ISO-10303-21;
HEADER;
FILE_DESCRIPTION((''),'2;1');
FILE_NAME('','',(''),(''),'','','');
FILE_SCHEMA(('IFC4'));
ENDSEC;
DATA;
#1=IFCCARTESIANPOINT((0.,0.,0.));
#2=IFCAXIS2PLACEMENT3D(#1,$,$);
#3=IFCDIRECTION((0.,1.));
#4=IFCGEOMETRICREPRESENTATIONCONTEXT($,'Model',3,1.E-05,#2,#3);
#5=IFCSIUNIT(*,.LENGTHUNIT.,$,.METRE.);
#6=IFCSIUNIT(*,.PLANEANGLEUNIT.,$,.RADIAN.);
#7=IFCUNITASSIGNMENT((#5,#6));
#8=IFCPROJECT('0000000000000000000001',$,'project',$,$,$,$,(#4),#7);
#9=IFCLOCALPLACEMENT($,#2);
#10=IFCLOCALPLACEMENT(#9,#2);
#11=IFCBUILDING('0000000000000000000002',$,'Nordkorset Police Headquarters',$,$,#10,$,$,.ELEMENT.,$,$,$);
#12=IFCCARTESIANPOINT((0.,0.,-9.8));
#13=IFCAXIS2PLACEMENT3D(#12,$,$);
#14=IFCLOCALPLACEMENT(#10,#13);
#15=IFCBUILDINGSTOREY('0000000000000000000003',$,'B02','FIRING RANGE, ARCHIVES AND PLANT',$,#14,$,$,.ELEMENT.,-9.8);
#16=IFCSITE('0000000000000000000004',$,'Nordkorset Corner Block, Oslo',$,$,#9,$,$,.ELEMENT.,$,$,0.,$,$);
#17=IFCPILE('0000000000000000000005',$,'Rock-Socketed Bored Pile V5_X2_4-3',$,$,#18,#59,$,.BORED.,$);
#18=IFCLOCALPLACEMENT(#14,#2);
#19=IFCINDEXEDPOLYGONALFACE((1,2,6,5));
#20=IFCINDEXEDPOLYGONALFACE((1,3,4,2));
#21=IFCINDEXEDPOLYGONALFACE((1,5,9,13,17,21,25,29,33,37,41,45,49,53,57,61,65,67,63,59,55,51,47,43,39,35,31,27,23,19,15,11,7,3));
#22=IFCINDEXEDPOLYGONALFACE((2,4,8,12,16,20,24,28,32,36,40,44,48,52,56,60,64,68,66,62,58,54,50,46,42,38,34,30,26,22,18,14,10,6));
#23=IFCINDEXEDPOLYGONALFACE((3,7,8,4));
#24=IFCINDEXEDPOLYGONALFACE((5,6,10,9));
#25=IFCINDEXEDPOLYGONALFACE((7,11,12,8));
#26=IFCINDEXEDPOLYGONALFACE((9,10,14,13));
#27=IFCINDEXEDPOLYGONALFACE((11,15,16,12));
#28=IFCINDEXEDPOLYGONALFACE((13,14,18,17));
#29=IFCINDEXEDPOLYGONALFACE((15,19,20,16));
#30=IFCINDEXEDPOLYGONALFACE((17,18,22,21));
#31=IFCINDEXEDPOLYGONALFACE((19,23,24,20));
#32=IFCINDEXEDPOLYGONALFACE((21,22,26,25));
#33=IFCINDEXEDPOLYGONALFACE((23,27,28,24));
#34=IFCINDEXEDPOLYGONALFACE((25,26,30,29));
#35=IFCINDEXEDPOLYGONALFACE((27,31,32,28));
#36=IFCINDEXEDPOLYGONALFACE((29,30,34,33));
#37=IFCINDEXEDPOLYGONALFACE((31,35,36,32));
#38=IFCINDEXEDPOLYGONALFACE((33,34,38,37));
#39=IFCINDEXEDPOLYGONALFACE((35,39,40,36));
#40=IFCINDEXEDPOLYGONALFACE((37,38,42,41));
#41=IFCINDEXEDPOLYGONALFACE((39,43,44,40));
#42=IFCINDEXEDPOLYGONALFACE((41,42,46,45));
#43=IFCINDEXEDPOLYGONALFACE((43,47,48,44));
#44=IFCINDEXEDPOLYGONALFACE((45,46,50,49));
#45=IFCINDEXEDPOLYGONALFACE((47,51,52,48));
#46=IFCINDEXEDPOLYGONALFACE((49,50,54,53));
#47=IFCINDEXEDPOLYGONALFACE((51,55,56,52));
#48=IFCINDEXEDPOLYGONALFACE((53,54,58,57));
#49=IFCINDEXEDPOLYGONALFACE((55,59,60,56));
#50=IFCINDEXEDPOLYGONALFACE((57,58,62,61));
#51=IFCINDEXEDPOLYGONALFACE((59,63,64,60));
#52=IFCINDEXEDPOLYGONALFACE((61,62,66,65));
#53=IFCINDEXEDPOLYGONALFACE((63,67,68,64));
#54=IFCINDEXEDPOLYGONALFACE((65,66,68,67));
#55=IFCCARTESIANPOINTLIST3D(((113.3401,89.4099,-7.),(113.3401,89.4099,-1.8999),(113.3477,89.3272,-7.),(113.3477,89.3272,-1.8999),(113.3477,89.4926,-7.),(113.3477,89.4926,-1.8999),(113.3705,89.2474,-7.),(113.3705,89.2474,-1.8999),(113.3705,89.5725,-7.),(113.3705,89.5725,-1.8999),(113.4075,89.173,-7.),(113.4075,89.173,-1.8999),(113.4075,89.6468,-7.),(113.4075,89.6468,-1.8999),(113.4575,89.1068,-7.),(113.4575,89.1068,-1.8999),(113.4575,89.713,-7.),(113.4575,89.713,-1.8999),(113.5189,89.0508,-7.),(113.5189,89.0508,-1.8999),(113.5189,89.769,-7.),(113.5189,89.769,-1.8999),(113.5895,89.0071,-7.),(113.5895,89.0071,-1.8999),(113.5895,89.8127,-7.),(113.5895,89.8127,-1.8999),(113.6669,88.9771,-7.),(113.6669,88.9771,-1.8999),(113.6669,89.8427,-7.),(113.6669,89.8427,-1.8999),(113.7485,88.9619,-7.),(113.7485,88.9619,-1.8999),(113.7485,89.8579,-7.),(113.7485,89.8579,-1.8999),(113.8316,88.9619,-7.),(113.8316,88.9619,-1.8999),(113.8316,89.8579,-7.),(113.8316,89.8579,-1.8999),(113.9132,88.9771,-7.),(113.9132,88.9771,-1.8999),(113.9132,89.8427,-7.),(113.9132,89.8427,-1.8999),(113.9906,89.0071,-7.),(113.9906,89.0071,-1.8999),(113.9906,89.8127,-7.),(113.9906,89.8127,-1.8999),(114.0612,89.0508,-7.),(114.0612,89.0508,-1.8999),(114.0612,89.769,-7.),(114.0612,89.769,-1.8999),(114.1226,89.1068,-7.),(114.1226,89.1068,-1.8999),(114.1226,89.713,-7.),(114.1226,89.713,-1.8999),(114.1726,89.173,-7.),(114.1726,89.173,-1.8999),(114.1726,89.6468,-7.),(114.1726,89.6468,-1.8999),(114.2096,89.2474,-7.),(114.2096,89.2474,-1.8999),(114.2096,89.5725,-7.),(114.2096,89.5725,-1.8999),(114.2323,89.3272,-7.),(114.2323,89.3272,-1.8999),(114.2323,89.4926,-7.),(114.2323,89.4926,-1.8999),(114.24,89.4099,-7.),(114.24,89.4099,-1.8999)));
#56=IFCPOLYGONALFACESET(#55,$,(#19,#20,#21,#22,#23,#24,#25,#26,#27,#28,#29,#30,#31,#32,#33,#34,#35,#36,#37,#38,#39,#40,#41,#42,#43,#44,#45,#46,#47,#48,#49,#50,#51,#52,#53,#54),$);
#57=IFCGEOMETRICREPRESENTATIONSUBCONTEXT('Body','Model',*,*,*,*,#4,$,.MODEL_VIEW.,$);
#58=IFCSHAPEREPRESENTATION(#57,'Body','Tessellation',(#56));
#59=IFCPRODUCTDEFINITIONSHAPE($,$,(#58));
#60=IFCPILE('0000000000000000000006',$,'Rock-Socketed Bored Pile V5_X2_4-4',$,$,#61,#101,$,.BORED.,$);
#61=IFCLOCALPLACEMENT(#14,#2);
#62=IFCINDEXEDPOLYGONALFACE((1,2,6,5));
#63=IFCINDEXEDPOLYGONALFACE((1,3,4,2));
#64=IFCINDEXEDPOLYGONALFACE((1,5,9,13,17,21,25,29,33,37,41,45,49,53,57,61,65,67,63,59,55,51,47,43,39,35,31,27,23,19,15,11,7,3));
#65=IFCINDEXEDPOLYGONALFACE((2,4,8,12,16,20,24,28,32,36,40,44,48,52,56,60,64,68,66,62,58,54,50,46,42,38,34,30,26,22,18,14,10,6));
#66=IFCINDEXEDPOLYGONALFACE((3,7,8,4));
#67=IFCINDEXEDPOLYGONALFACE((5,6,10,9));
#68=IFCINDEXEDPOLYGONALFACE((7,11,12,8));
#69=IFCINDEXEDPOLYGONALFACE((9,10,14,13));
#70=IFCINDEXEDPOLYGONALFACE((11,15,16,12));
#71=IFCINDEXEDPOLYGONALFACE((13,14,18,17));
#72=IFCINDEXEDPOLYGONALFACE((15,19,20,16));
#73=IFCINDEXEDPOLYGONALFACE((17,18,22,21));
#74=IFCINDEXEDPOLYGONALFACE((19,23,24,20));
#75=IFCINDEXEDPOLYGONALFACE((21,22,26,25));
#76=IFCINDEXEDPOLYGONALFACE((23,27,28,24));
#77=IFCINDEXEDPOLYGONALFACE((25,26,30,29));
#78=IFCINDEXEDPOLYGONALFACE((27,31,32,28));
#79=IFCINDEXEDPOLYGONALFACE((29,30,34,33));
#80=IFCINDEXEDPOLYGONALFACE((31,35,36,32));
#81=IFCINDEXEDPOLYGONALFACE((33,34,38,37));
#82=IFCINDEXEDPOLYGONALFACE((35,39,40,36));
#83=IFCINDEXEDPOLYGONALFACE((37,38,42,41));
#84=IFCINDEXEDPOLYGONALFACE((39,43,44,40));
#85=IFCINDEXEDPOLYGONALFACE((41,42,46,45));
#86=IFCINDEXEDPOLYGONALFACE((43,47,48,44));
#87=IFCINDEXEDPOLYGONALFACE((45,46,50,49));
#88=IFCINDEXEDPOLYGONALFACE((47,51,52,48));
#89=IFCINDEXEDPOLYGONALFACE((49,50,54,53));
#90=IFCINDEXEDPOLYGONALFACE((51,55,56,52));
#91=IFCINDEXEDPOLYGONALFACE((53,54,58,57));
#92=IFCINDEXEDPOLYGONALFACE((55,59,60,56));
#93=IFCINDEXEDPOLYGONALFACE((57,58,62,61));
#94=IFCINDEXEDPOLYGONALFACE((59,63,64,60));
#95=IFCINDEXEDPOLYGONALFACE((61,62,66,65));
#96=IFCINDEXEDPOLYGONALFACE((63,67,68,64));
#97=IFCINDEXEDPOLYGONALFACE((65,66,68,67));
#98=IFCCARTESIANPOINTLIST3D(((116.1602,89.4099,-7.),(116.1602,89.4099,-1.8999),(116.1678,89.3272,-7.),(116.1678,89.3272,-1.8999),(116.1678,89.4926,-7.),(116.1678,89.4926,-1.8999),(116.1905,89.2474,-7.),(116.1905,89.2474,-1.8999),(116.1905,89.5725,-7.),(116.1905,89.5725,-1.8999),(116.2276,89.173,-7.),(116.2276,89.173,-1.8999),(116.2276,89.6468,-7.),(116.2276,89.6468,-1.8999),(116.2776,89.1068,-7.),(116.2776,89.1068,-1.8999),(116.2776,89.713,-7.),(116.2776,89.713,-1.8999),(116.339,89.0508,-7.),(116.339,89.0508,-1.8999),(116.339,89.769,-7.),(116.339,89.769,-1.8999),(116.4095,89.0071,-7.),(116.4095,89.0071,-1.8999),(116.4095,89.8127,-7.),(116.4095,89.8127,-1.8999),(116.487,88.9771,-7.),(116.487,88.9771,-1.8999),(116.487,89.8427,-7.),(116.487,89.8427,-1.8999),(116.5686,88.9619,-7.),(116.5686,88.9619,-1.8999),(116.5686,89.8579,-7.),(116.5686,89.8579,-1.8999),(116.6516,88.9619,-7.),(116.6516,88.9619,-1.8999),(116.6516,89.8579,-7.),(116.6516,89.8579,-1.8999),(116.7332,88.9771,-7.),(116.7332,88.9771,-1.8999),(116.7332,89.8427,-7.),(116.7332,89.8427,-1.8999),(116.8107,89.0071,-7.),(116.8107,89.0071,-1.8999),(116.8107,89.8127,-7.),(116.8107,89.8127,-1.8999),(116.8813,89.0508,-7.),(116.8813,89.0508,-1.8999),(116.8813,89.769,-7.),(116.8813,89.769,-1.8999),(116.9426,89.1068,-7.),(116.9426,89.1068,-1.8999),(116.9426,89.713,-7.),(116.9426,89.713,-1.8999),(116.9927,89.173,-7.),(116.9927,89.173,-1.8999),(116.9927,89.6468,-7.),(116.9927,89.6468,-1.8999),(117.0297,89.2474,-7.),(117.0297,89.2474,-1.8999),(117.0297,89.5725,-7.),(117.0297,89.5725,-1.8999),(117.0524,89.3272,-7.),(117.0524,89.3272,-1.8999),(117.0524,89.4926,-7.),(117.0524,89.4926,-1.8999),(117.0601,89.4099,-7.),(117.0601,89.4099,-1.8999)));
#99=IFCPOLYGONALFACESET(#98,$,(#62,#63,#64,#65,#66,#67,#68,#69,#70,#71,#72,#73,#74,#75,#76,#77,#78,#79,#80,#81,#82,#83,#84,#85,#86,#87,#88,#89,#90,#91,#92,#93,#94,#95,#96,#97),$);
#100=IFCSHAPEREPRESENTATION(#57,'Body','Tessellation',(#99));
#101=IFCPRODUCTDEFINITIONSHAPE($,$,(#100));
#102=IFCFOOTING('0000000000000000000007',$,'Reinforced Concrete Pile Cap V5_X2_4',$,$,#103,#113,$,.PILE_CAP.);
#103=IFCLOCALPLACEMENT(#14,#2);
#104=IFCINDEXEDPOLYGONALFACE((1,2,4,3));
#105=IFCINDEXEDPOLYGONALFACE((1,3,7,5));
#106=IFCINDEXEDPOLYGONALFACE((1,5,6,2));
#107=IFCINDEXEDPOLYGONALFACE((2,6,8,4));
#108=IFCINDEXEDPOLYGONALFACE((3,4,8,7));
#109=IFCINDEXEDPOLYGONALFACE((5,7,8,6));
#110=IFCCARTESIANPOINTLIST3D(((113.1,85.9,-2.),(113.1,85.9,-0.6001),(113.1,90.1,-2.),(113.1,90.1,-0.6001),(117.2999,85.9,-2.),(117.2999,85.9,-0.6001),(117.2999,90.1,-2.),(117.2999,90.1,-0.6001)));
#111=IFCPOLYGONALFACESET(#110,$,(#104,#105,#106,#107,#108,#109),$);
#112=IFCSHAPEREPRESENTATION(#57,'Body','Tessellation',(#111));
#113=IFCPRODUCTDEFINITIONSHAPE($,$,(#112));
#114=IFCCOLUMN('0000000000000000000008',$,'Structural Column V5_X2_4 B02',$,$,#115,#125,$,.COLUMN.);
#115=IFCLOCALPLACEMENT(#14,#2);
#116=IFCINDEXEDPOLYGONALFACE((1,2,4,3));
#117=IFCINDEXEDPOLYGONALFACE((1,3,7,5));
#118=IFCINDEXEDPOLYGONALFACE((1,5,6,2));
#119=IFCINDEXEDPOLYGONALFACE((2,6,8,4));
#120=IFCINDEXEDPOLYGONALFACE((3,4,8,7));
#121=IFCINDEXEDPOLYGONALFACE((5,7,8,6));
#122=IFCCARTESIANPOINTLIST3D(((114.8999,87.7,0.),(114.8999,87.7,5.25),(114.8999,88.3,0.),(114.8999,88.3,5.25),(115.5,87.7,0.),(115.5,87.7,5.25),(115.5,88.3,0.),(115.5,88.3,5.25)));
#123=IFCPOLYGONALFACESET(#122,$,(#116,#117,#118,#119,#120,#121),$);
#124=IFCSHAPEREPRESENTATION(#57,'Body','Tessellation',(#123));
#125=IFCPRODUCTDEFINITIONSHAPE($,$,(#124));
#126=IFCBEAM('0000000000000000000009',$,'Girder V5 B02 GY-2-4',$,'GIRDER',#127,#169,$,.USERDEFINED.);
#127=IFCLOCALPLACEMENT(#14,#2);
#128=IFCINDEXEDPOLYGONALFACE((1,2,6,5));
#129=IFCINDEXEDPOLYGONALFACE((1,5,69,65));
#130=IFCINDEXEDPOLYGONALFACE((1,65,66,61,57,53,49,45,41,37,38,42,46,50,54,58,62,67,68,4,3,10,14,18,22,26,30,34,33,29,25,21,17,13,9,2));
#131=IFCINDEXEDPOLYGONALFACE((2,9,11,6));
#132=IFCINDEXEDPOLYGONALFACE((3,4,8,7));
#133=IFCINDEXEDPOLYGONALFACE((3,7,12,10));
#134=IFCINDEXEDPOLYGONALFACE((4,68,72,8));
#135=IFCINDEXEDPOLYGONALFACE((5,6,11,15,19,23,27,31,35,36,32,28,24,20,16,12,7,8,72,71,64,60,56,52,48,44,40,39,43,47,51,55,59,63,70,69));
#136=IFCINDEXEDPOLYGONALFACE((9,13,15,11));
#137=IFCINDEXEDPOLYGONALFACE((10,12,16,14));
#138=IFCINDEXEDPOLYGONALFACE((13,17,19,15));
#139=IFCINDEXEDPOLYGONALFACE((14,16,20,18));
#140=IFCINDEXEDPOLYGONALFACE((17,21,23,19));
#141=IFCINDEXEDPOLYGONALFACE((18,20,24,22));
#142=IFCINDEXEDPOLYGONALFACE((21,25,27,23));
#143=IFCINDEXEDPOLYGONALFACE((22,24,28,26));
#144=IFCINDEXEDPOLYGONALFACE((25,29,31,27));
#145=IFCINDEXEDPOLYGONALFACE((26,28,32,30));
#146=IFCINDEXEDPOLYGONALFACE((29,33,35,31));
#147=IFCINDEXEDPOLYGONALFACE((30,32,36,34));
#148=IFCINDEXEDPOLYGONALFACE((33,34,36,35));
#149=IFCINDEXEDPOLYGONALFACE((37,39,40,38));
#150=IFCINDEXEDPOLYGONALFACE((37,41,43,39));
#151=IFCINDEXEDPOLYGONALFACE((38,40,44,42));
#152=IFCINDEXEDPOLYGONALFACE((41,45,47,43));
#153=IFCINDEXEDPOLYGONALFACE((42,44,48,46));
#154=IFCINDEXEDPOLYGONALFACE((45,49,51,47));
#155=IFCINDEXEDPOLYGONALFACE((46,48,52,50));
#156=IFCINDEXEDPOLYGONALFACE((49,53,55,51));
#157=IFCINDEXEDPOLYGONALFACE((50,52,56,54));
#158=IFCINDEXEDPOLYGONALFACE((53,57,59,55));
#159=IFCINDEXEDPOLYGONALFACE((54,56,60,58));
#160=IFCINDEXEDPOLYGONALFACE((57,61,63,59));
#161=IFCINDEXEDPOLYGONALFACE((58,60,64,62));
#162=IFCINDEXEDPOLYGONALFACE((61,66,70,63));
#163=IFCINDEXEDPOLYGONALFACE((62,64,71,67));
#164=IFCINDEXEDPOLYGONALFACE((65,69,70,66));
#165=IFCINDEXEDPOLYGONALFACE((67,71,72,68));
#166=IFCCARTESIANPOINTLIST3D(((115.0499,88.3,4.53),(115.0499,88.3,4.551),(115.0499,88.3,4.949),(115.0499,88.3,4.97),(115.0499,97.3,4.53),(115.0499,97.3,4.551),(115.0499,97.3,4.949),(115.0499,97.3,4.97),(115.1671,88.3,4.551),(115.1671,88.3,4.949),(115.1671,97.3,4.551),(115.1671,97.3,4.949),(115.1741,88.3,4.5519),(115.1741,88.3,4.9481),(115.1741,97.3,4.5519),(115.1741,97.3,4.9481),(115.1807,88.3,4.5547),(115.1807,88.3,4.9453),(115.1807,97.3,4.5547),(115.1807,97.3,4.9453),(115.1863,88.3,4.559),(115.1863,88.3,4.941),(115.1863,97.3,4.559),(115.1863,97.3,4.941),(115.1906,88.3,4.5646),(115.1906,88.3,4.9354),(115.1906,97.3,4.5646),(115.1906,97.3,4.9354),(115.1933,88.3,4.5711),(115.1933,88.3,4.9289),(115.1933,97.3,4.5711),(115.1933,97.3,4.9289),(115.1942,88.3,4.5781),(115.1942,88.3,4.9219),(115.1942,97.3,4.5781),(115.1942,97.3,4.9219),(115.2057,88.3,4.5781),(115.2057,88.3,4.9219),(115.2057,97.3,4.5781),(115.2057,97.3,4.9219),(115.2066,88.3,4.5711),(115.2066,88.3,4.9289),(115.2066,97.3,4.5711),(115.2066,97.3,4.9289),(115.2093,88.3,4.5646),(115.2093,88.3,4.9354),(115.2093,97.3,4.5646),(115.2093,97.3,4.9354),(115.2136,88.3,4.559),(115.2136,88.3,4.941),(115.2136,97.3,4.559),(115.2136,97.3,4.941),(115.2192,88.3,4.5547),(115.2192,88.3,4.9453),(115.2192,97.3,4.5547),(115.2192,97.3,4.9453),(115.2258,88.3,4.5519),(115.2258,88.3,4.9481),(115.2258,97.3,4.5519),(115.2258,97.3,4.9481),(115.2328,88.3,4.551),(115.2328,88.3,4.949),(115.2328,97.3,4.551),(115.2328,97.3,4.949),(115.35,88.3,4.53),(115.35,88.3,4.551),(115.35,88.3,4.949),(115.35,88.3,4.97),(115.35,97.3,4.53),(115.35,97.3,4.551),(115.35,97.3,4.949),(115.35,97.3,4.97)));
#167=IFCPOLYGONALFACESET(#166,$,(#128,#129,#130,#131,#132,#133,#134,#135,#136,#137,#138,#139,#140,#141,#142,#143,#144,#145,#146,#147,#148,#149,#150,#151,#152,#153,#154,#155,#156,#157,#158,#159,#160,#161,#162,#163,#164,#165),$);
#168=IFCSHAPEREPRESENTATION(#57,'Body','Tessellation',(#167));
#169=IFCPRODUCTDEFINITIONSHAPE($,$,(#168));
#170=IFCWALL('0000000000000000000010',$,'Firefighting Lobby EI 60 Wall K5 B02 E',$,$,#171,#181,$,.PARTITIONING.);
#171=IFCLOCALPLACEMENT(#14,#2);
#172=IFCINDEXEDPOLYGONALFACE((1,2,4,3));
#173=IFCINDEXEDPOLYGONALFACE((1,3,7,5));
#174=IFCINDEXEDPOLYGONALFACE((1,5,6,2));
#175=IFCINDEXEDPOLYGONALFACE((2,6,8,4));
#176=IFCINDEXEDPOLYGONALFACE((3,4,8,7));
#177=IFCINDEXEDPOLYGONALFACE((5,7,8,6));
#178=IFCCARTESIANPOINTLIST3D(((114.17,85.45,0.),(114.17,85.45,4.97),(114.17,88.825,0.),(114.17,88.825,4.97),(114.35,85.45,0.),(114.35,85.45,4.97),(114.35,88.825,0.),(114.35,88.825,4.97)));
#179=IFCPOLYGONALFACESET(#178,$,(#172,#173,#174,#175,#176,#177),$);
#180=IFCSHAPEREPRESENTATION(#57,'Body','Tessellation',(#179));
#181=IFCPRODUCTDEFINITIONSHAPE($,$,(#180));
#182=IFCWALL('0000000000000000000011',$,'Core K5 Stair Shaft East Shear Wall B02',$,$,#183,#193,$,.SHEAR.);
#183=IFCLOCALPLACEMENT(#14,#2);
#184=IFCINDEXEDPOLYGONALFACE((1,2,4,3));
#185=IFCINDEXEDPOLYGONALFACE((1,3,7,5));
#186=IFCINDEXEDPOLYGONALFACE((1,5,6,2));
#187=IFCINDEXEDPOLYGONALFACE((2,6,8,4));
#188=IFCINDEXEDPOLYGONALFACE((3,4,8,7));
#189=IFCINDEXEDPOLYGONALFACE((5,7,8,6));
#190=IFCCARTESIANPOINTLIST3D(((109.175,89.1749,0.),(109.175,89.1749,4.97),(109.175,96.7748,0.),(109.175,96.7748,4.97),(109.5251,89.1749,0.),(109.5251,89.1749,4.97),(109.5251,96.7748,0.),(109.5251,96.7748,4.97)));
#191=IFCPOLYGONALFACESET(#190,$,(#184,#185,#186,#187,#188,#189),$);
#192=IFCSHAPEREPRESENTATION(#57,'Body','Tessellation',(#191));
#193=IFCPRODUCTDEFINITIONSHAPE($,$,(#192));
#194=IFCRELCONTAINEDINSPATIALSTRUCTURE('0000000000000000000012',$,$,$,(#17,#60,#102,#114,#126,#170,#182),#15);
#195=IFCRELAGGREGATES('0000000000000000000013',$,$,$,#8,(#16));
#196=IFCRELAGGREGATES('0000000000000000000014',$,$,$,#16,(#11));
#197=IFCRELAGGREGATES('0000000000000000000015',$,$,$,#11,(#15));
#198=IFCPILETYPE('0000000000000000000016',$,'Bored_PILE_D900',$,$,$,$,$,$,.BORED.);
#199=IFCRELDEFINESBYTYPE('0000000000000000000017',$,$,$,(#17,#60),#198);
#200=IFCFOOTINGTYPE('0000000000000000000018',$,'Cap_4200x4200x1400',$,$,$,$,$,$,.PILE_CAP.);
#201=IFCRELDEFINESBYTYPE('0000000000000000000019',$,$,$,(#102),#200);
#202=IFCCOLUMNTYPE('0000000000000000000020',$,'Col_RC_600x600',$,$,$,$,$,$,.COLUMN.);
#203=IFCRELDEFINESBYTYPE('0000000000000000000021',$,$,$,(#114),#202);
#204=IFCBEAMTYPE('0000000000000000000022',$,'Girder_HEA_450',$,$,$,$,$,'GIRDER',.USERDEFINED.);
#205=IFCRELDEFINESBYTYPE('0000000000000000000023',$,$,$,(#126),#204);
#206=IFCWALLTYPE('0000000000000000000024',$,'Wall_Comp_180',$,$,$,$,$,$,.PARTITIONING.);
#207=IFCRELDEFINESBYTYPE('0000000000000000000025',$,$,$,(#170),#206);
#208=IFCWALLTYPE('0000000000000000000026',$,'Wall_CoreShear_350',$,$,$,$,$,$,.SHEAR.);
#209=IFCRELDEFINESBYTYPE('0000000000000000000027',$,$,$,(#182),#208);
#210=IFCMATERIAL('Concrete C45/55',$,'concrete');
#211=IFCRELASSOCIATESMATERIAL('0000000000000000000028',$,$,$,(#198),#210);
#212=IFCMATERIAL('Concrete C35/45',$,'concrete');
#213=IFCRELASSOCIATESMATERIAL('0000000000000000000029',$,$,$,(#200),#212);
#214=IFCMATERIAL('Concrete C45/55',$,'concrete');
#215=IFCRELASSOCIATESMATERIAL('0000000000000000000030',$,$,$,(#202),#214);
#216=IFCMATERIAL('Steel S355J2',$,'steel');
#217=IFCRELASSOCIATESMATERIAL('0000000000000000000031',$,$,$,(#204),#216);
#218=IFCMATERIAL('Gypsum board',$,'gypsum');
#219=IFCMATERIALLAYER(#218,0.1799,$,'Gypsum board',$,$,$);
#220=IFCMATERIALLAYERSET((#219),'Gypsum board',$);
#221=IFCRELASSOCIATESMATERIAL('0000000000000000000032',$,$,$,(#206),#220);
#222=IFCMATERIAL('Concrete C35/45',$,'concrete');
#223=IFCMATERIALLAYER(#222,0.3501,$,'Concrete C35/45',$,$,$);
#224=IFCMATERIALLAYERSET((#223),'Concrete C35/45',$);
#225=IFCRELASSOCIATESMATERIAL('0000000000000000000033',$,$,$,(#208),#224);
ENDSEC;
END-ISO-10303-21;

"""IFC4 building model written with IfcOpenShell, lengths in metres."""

from ifc_helpers import new_model, si_unit, direction, frame, frame_2d, origin, origin_2d, place, context, subcontext, project, spatial, rectangle, circle, i_section, extrude, material, layer, layer_set, material_profile, profile_set, type_object, element, save


model = new_model("IFC4")

# Units and contexts
model_context = context("Model", 3, precision=1e-05, world=origin(), true_north=direction((0.0, 1.0)))
body_context = subcontext(model_context, "Body", "Model", "MODEL_VIEW")
ifc_project = project(units=[si_unit("LENGTHUNIT", "METRE"), si_unit("PLANEANGLEUNIT", "RADIAN")], contexts=[model_context])

# Site, building, storey
site_placement = place(None, origin())
site = spatial("IfcSite", under=ifc_project, at=site_placement, Name="Nordkorset Corner Block, Oslo", CompositionType="ELEMENT", RefElevation=0.0)
building_placement = place(site_placement, origin())
building = spatial("IfcBuilding", under=site, at=building_placement, Name="Nordkorset Police Headquarters", CompositionType="ELEMENT")
storey_placement = place(building_placement, frame((0.0, 0.0, -9.8)))
storey = spatial("IfcBuildingStorey", under=building, at=storey_placement, Name="B02", Description="FIRING RANGE, ARCHIVES AND PLANT", CompositionType="ELEMENT", Elevation=-9.8)

# Piles
ifc_material_1 = material(Name="Concrete C45/55", Category="concrete")
ifc_material_profile_1 = material_profile(ifc_material_1, circle(Radius=0.45, at=origin_2d()), Name="PILE D900")
ifc_profile_set_1 = profile_set([ifc_material_profile_1], Name="Concrete C45/55")
pile_type = type_object("IfcPileType", Name="Bored_PILE_D900", PredefinedType="BORED", material=ifc_profile_set_1)
for number, where, z_axis, x_axis, name in (
    (1, (113.79, 89.4099, -1.8999), (0.0, 0.0, -1.0), (1.0, 0.0, 0.0), "Rock-Socketed Bored Pile V5_X2_4-3"),
    (2, (116.6101, 89.4099, -1.8999), (0.0, 0.0, -1.0), (1.0, 0.0, 0.0), "Rock-Socketed Bored Pile V5_X2_4-4"),
):
    element("IfcPile", number, at=place(storey_placement, frame(where, z_axis=z_axis, x_axis=x_axis)), inside=storey, type_object=pile_type, Name=name, PredefinedType="BORED", context=body_context, shape_type="SweptSolid", body=[
        extrude(circle(Radius=0.45, at=origin_2d()), origin(), (0.0, 0.0, 1.0), 5.1001),
    ])

# Footing
ifc_material_2 = material(Name="Concrete C35/45", Category="concrete")
footing_type = type_object("IfcFootingType", Name="Cap_4200x4200x1400", PredefinedType="PILE_CAP", material=ifc_material_2)
footing_placement = place(storey_placement, frame((115.2, 88.0, -2.0), z_axis=(0.0, 0.0, 1.0), x_axis=(1.0, 0.0, 0.0)))
element("IfcFooting", 3, at=footing_placement, inside=storey, type_object=footing_type, Name="Reinforced Concrete Pile Cap V5_X2_4", PredefinedType="PILE_CAP", context=body_context, shape_type="SweptSolid", body=[
    extrude(rectangle(XDim=4.2, YDim=4.2, at=origin_2d()), origin(), (0.0, 0.0, 1.0), 1.3999),
])

# Column
ifc_material_3 = material(Name="Concrete C45/55", Category="concrete")
ifc_material_profile_2 = material_profile(ifc_material_3, rectangle(XDim=0.6001, YDim=0.6001, at=origin_2d()), Name="RC 600x600")
ifc_profile_set_2 = profile_set([ifc_material_profile_2], Name="Concrete C45/55")
column_type = type_object("IfcColumnType", Name="Col_RC_600x600", PredefinedType="COLUMN", material=ifc_profile_set_2)
column_placement = place(storey_placement, frame((115.2, 88.0, 0.0), z_axis=(0.0, 0.0, 1.0), x_axis=(1.0, 0.0, 0.0)))
element("IfcColumn", 4, at=column_placement, inside=storey, type_object=column_type, Name="Structural Column V5_X2_4 B02", PredefinedType="COLUMN", context=body_context, shape_type="SweptSolid", body=[
    extrude(rectangle(XDim=0.6001, YDim=0.6001, at=origin_2d()), origin(), (0.0, 0.0, 1.0), 5.25),
])

# Beam
ifc_material_4 = material(Name="Steel S355J2", Category="steel")
ifc_material_profile_3 = material_profile(ifc_material_4, i_section(OverallWidth=0.3, OverallDepth=0.4399, WebThickness=0.0115, FlangeThickness=0.021, FilletRadius=0.0271, at=origin_2d()), Name="HEA 450")
ifc_profile_set_3 = profile_set([ifc_material_profile_3], Name="Steel S355J2")
beam_type = type_object("IfcBeamType", Name="Girder_HEA_450", ElementType="GIRDER", PredefinedType="USERDEFINED", material=ifc_profile_set_3)
beam_placement = place(storey_placement, frame((115.2, 88.3, 4.75), z_axis=(0.0, 1.0, 0.0), x_axis=(-1.0, 0.0, 0.0)))
element("IfcBeam", 5, at=beam_placement, inside=storey, type_object=beam_type, Name="Girder V5 B02 GY-2-4", ObjectType="GIRDER", PredefinedType="USERDEFINED", context=body_context, shape_type="SweptSolid", body=[
    extrude(i_section(OverallWidth=0.3, OverallDepth=0.4399, WebThickness=0.0115, FlangeThickness=0.021, FilletRadius=0.0271, at=origin_2d()), origin(), (0.0, 0.0, 1.0), 9.0),
])

# Walls
ifc_material_5 = material(Name="Gypsum board", Category="gypsum")
ifc_layer_1 = layer(ifc_material_5, 0.1799, Name="Gypsum board")
ifc_layer_set_1 = layer_set([ifc_layer_1], Name="Gypsum board")
wall_type_1 = type_object("IfcWallType", Name="Wall_Comp_180", PredefinedType="PARTITIONING", material=ifc_layer_set_1)
wall_1_placement = place(storey_placement, frame((114.26, 85.45, 0.0), z_axis=(0.0, 0.0, 1.0), x_axis=(0.0, 1.0, 0.0)))
element("IfcWall", 6, at=wall_1_placement, inside=storey, type_object=wall_type_1, Name="Firefighting Lobby EI 60 Wall K5 B02 E", PredefinedType="PARTITIONING", context=body_context, shape_type="SweptSolid", body=[
    extrude(rectangle(XDim=3.375, YDim=0.1799, at=frame_2d((1.6875, 0.0))), origin(), (0.0, 0.0, 1.0), 4.97),
])
ifc_material_6 = material(Name="Concrete C35/45", Category="concrete")
ifc_layer_2 = layer(ifc_material_6, 0.3501, Name="Concrete C35/45")
ifc_layer_set_2 = layer_set([ifc_layer_2], Name="Concrete C35/45")
wall_type_2 = type_object("IfcWallType", Name="Wall_CoreShear_350", PredefinedType="SHEAR", material=ifc_layer_set_2)
wall_2_placement = place(storey_placement, frame((109.3501, 89.175, 0.0), z_axis=(0.0, 0.0, 1.0), x_axis=(0.0, 1.0, 0.0)))
element("IfcWall", 7, at=wall_2_placement, inside=storey, type_object=wall_type_2, Name="Core K5 Stair Shaft East Shear Wall B02", PredefinedType="SHEAR", context=body_context, shape_type="SweptSolid", body=[
    extrude(rectangle(XDim=7.5999, YDim=0.3501, at=frame_2d((3.7998, 0.0))), origin(), (0.0, 0.0, 1.0), 4.97),
])

save(model, "model.ifc")
